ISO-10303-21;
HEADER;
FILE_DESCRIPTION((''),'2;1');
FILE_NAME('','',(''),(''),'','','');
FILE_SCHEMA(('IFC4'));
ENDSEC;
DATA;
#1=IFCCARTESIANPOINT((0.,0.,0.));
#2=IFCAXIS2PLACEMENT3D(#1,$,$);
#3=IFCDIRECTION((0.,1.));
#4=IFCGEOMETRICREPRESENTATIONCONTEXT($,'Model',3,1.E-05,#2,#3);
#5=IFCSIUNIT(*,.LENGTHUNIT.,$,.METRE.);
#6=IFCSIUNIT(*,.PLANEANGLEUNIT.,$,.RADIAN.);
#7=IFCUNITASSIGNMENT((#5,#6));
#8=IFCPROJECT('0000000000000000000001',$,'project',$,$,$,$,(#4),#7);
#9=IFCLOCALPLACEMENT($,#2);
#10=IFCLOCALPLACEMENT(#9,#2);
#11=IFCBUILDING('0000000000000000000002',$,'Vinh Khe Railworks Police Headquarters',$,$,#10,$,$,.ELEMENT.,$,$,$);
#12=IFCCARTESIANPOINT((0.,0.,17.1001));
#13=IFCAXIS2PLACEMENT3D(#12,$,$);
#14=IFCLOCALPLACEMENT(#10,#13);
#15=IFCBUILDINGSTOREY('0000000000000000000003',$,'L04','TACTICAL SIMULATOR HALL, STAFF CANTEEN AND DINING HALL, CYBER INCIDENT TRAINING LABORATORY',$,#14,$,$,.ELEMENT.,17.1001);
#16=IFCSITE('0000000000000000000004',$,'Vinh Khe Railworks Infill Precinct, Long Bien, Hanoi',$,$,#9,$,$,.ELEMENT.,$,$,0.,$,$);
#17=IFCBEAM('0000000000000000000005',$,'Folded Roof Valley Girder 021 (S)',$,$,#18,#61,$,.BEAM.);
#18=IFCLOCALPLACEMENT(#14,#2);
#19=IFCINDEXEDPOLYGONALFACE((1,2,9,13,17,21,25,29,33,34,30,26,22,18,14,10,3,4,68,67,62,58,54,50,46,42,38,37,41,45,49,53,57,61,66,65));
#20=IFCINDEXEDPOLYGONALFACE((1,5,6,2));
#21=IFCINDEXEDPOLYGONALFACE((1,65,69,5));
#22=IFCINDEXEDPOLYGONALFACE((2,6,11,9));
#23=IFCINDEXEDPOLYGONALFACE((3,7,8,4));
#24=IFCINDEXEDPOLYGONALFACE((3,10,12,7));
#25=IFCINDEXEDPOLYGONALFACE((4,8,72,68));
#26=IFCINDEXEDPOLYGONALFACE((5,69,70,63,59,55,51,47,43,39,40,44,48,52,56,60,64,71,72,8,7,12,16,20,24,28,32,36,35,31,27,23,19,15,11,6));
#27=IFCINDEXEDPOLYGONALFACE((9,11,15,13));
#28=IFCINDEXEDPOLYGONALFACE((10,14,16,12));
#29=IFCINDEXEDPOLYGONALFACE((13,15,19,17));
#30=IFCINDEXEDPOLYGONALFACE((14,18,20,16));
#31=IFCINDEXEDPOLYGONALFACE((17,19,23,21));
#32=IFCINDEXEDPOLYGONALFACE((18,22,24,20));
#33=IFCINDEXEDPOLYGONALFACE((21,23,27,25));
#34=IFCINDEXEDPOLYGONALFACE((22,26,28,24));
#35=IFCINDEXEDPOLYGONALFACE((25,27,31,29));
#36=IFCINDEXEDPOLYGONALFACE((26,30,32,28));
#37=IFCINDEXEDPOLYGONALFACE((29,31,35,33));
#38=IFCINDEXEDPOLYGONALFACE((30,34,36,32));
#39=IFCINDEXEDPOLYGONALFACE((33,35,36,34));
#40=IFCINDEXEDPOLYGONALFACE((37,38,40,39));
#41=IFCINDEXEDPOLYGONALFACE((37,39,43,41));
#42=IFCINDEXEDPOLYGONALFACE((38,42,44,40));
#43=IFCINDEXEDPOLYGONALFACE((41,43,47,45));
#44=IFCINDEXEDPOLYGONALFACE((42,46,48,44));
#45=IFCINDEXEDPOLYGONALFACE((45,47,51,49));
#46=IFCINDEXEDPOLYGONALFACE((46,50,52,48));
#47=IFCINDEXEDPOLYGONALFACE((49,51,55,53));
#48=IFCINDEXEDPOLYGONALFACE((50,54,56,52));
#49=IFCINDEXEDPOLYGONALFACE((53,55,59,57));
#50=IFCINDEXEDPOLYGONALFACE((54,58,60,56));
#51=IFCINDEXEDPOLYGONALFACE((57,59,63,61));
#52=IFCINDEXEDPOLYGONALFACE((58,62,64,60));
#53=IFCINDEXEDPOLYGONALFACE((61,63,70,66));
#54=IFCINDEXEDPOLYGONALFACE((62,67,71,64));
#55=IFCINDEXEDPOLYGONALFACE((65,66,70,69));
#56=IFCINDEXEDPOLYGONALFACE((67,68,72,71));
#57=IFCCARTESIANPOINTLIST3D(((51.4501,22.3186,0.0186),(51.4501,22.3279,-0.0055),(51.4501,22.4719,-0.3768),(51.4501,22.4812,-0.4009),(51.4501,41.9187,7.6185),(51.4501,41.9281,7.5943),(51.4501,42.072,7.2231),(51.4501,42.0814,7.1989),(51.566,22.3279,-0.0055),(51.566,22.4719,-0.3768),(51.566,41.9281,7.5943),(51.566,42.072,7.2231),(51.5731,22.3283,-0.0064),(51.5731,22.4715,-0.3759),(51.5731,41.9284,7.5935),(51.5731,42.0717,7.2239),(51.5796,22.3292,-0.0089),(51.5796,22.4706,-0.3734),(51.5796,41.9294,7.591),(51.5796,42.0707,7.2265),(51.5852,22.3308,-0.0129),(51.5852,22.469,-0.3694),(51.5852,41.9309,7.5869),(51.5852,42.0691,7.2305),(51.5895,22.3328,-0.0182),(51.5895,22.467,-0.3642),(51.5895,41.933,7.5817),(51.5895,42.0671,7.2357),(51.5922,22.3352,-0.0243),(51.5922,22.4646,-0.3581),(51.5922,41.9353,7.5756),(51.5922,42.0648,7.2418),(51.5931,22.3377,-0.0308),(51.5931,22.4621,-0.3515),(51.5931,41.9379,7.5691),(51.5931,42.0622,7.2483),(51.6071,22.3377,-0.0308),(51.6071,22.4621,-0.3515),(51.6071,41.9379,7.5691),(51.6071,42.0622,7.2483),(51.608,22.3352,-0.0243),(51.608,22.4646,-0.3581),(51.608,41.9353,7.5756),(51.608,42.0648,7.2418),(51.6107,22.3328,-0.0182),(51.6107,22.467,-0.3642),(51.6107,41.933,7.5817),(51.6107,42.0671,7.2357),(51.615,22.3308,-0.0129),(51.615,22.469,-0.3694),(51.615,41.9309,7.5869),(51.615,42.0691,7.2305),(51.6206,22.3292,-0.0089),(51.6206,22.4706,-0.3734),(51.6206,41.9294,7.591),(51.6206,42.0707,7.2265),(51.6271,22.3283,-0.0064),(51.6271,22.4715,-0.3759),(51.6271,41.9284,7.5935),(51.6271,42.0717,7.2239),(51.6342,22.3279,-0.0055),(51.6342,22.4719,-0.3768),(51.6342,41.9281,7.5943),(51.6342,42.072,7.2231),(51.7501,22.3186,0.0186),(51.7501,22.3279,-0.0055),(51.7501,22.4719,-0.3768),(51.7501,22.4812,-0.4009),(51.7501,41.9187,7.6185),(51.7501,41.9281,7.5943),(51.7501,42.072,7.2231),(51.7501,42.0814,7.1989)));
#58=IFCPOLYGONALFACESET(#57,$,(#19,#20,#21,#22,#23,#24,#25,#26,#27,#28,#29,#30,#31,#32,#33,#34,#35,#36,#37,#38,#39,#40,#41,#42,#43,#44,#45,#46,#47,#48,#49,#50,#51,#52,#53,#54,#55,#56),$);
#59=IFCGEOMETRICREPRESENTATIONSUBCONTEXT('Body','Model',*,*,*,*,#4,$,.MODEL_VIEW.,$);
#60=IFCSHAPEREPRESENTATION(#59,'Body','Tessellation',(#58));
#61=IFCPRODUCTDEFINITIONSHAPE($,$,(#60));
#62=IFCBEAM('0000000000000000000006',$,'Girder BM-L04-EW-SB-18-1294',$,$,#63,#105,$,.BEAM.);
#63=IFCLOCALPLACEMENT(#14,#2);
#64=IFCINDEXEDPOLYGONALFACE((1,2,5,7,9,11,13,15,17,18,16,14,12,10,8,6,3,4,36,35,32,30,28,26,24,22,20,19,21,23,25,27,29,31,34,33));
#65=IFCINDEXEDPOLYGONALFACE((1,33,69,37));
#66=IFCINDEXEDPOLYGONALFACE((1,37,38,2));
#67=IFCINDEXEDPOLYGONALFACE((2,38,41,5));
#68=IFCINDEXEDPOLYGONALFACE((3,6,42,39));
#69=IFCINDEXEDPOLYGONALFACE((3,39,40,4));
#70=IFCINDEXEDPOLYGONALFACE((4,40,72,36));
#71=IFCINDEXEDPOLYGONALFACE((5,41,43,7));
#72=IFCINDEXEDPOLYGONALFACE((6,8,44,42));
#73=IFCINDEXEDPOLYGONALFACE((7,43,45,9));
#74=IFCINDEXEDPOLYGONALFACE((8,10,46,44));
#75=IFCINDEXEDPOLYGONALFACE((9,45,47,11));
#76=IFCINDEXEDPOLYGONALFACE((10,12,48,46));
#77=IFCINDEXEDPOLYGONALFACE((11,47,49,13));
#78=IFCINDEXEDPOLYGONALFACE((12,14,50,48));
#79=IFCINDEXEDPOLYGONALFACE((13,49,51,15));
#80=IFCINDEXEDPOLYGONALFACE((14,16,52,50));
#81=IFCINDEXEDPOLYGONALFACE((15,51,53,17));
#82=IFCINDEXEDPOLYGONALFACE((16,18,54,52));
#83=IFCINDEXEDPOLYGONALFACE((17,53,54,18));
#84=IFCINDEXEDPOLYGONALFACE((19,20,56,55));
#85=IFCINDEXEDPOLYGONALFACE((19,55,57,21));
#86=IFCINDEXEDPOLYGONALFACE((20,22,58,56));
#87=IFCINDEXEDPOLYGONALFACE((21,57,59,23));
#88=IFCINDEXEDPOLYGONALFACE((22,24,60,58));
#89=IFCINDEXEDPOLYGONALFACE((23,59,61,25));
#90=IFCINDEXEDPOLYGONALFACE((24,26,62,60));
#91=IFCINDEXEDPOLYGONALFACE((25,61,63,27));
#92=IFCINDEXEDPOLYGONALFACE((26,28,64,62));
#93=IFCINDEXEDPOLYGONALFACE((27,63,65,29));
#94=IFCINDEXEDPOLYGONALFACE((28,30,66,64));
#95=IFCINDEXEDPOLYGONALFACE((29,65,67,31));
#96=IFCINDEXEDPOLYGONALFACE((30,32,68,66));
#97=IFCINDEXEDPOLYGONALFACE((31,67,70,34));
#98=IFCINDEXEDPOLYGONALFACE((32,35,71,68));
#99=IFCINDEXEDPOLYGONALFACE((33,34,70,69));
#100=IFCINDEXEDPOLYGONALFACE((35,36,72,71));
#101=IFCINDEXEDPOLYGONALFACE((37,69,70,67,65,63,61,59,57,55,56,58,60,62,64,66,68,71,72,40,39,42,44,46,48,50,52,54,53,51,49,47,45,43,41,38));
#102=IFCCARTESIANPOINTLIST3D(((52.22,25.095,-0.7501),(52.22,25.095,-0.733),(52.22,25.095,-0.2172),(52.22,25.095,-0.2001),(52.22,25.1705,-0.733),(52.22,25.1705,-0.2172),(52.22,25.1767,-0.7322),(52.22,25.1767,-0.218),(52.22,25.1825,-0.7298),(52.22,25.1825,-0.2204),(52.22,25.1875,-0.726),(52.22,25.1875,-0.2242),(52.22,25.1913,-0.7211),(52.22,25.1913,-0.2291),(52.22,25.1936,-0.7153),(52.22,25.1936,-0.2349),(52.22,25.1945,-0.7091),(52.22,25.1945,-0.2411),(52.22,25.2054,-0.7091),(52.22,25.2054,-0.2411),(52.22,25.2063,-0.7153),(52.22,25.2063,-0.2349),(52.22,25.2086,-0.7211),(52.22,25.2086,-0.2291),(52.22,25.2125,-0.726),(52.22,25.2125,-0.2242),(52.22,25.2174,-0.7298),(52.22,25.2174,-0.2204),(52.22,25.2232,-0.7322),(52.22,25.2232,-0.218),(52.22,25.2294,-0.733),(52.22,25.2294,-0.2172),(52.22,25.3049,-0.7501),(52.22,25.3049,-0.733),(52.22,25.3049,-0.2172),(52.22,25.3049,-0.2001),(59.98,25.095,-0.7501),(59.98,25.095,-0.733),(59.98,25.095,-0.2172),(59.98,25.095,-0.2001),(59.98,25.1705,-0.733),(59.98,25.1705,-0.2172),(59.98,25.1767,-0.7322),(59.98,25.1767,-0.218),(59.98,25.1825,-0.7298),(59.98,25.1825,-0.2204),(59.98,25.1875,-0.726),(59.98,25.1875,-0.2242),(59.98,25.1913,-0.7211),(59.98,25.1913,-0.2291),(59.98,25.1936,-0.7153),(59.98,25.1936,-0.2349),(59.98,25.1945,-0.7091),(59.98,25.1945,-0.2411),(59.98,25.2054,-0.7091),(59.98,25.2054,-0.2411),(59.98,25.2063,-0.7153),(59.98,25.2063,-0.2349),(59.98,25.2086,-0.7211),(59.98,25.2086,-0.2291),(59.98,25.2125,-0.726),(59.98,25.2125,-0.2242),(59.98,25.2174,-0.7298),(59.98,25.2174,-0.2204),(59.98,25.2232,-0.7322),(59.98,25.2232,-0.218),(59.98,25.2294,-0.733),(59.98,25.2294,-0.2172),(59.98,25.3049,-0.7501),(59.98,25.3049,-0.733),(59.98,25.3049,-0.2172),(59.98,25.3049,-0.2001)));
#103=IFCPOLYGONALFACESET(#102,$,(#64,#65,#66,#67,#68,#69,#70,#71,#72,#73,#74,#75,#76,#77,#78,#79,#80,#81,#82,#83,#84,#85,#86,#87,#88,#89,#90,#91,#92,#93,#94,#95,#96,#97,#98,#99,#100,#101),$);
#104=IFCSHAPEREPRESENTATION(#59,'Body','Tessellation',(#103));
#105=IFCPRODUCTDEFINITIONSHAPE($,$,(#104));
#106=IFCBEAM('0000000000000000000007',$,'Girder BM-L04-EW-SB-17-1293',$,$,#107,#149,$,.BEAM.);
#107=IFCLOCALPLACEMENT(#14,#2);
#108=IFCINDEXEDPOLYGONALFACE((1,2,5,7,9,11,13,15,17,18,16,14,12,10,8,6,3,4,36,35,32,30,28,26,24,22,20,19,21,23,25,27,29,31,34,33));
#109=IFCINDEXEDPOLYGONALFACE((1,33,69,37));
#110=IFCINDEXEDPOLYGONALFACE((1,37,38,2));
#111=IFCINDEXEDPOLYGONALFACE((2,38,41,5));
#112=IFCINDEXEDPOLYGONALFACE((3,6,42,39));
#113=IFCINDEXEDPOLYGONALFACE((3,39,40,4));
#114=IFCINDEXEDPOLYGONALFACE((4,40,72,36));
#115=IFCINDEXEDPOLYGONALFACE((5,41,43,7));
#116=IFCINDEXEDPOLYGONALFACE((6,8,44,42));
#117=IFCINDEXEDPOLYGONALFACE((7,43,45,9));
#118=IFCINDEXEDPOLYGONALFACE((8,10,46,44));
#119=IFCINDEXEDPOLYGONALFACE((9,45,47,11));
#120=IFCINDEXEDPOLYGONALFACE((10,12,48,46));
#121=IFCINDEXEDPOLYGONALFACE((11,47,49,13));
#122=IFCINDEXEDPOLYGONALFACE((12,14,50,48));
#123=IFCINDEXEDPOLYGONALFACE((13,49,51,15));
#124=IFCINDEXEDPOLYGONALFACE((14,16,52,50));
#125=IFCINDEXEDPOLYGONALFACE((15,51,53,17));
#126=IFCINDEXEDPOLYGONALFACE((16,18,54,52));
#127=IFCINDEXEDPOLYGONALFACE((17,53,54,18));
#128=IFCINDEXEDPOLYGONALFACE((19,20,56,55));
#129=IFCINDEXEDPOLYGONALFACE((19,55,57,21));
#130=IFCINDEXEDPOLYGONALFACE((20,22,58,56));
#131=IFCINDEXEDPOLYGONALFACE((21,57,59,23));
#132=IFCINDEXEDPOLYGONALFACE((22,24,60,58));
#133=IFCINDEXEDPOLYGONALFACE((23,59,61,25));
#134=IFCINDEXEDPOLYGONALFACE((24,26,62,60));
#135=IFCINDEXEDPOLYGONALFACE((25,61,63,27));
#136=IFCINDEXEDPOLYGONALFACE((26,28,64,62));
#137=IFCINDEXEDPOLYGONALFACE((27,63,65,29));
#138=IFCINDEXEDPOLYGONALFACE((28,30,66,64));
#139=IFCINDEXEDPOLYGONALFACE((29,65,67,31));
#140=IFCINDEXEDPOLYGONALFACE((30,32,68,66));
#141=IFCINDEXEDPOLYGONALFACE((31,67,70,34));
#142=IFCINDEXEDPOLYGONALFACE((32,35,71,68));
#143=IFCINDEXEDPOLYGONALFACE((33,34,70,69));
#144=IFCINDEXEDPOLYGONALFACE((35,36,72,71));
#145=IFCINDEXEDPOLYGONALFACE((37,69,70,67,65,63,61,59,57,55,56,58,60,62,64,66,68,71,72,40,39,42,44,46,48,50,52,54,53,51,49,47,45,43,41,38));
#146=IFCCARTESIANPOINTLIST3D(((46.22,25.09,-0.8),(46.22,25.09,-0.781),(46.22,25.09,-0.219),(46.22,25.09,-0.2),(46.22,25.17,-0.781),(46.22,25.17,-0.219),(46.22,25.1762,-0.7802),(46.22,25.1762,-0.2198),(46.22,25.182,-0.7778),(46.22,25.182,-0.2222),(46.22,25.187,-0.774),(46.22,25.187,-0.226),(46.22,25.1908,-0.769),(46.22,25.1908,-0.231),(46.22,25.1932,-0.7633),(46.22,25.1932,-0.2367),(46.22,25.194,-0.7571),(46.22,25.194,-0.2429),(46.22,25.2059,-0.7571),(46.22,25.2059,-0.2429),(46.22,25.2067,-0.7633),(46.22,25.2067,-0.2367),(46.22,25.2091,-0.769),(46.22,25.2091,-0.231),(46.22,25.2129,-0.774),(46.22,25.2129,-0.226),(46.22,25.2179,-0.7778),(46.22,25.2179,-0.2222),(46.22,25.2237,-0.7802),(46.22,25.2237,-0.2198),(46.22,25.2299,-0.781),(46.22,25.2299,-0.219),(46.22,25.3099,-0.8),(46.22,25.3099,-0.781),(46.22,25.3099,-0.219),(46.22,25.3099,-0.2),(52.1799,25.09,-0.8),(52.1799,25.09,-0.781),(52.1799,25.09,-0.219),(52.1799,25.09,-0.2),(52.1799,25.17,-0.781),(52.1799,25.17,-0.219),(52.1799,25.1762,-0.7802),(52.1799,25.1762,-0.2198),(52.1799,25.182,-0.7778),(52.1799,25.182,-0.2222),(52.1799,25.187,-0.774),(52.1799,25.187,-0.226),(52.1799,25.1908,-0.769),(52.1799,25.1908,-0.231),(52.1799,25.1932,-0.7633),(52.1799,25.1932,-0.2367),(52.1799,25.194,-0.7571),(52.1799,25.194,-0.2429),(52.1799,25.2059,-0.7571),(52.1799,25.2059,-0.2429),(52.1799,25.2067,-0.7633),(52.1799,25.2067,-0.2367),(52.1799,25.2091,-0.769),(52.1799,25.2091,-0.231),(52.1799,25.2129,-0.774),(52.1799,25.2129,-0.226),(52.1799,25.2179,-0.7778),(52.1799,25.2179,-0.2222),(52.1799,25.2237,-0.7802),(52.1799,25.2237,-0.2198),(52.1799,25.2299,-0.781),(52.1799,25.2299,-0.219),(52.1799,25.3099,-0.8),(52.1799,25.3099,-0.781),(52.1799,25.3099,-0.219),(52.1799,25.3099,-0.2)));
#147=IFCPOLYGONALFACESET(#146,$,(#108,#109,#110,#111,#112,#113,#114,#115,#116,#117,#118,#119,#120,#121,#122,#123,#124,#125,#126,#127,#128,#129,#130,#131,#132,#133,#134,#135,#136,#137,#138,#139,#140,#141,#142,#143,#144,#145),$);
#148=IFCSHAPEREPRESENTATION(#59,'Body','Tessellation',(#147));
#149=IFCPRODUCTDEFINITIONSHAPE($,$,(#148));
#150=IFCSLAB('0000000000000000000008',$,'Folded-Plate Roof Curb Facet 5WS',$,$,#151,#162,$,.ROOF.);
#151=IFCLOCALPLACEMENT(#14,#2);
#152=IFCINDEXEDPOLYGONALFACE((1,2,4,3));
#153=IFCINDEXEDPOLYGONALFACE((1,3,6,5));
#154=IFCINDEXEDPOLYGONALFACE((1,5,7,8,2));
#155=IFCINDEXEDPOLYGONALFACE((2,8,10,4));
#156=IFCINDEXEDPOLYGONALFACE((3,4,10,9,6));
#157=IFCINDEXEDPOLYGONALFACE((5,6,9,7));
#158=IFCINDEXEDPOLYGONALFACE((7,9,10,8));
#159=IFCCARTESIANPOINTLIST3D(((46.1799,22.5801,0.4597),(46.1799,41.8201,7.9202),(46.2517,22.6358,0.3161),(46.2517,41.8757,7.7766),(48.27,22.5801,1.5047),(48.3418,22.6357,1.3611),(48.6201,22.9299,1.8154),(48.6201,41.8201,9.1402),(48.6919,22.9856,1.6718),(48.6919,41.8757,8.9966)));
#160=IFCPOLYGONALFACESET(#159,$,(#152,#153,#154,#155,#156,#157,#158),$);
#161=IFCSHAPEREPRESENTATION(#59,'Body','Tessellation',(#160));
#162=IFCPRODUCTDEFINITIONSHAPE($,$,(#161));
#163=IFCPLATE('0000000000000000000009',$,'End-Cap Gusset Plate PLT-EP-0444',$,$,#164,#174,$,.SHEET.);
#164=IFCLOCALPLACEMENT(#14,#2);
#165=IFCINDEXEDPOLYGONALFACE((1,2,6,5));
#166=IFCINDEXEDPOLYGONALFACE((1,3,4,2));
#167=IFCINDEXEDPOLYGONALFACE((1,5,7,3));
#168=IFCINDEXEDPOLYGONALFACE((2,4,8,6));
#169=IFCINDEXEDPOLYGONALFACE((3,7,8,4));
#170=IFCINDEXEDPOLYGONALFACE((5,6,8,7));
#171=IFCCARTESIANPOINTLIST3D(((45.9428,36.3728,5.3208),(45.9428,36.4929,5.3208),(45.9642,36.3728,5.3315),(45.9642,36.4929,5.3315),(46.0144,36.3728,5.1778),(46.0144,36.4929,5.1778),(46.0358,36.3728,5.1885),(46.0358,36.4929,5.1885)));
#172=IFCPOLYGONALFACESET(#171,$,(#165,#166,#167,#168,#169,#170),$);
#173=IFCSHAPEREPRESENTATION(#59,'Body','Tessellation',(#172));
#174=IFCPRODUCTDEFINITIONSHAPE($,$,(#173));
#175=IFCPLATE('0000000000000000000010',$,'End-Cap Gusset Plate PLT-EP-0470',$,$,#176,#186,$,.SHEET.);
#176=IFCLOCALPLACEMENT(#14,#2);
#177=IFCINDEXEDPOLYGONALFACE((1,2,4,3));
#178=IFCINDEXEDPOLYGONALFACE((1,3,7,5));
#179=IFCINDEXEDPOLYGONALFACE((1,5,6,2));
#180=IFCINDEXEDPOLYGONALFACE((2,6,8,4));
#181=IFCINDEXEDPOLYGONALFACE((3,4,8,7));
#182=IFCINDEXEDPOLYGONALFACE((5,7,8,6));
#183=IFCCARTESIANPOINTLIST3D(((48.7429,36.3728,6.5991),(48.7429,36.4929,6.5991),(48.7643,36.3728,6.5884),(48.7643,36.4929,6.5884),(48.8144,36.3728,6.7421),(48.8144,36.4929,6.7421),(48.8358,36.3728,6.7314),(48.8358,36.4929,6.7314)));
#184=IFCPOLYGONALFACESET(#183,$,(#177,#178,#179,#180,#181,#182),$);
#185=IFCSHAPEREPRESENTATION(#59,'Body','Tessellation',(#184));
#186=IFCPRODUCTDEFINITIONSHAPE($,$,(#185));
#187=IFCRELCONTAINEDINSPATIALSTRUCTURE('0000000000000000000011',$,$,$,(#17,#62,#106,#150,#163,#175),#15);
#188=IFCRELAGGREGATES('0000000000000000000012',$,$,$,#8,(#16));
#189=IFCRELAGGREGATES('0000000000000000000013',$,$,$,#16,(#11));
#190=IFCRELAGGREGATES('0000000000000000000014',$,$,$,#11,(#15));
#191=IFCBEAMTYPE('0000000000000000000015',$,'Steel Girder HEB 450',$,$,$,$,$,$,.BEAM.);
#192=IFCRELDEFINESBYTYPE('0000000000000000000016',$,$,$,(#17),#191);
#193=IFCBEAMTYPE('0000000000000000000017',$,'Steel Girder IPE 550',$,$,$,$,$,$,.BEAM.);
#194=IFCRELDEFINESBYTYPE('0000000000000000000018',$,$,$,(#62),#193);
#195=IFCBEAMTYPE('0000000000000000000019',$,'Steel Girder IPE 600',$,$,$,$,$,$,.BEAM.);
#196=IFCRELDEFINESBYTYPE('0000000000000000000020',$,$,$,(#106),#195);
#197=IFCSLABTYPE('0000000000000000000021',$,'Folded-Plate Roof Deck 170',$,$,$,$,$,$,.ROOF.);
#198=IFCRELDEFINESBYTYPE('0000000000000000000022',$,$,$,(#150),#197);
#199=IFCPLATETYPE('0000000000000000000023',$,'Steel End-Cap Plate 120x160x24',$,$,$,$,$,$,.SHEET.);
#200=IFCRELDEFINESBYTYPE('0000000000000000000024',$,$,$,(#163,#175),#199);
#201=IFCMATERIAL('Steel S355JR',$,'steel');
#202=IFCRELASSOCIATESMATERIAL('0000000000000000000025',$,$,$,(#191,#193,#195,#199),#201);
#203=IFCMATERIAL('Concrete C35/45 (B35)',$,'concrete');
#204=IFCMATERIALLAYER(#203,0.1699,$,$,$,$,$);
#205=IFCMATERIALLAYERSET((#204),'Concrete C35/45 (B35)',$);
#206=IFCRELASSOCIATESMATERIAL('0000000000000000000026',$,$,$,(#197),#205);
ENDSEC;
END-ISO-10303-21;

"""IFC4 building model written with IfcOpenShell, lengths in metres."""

from ifc_helpers import new_model, si_unit, direction, frame, origin, origin_2d, place, context, subcontext, project, spatial, polyline, rectangle, i_section, outline, extrude, material, layer, layer_set, material_profile, profile_set, type_object, element, save


model = new_model("IFC4")

# Units and contexts
model_context = context("Model", 3, precision=1e-05, world=origin(), true_north=direction((0.0, 1.0)))
body_context = subcontext(model_context, "Body", "Model", "MODEL_VIEW")
ifc_project = project(units=[si_unit("LENGTHUNIT", "METRE"), si_unit("PLANEANGLEUNIT", "RADIAN")], contexts=[model_context])

# Site, building, storey
site_placement = place(None, origin())
site = spatial("IfcSite", under=ifc_project, at=site_placement, Name="Vinh Khe Railworks Infill Precinct, Long Bien, Hanoi", CompositionType="ELEMENT", RefElevation=0.0)
building_placement = place(site_placement, origin())
building = spatial("IfcBuilding", under=site, at=building_placement, Name="Vinh Khe Railworks Police Headquarters", CompositionType="ELEMENT")
storey_placement = place(building_placement, frame((0.0, 0.0, 17.1001)))
storey = spatial("IfcBuildingStorey", under=building, at=storey_placement, Name="L04", Description="TACTICAL SIMULATOR HALL, STAFF CANTEEN AND DINING HALL, CYBER INCIDENT TRAINING LABORATORY", CompositionType="ELEMENT", Elevation=17.1001)

# Shared definitions
ifc_material_1 = material(Name="Steel S355JR", Category="steel")

# Beams
ifc_material_profile_1 = material_profile(ifc_material_1, i_section(OverallWidth=0.3, OverallDepth=0.45, WebThickness=0.0139, FlangeThickness=0.0259, FilletRadius=0.0271, at=origin_2d()), Name="HEB 450")
ifc_profile_set_1 = profile_set([ifc_material_profile_1], Name="Steel S355JR")
beam_type_1 = type_object("IfcBeamType", Name="Steel Girder HEB 450", PredefinedType="BEAM", material=ifc_profile_set_1)
beam_1_placement = place(storey_placement, frame((51.6001, 22.3999, -0.1912), z_axis=(0.0, 0.932364, 0.36152), x_axis=(-1.0, 0.0, 0.0)))
element("IfcBeam", 1, at=beam_1_placement, inside=storey, type_object=beam_type_1, Name="Folded Roof Valley Girder 021 (S)", PredefinedType="BEAM", context=body_context, shape_type="SweptSolid", body=[
    extrude(i_section(OverallWidth=0.3, OverallDepth=0.45, WebThickness=0.0139, FlangeThickness=0.0259, FilletRadius=0.0271, at=origin_2d()), origin(), (0.0, 0.0, 1.0), 21.022),
])
ifc_material_profile_2 = material_profile(ifc_material_1, i_section(OverallWidth=0.21, OverallDepth=0.55, WebThickness=0.011, FlangeThickness=0.0171, FilletRadius=0.0239, at=origin_2d()), Name="IPE 550")
ifc_profile_set_2 = profile_set([ifc_material_profile_2], Name="Steel S355JR")
beam_type_2 = type_object("IfcBeamType", Name="Steel Girder IPE 550", PredefinedType="BEAM", material=ifc_profile_set_2)
beam_2_placement = place(storey_placement, frame((52.22, 25.2, -0.4751), z_axis=(1.0, 0.0, 0.0), x_axis=(0.0, 1.0, 0.0)))
element("IfcBeam", 2, at=beam_2_placement, inside=storey, type_object=beam_type_2, Name="Girder BM-L04-EW-SB-18-1294", PredefinedType="BEAM", context=body_context, shape_type="SweptSolid", body=[
    extrude(i_section(OverallWidth=0.21, OverallDepth=0.55, WebThickness=0.011, FlangeThickness=0.0171, FilletRadius=0.0239, at=origin_2d()), origin(), (0.0, 0.0, 1.0), 7.76),
])
ifc_material_profile_3 = material_profile(ifc_material_1, i_section(OverallWidth=0.22, OverallDepth=0.6001, WebThickness=0.012, FlangeThickness=0.019, FilletRadius=0.0239, at=origin_2d()), Name="IPE 600")
ifc_profile_set_3 = profile_set([ifc_material_profile_3], Name="Steel S355JR")
beam_type_3 = type_object("IfcBeamType", Name="Steel Girder IPE 600", PredefinedType="BEAM", material=ifc_profile_set_3)
beam_3_placement = place(storey_placement, frame((46.22, 25.2, -0.5), z_axis=(1.0, 0.0, 0.0), x_axis=(0.0, 1.0, 0.0)))
element("IfcBeam", 3, at=beam_3_placement, inside=storey, type_object=beam_type_3, Name="Girder BM-L04-EW-SB-17-1293", PredefinedType="BEAM", context=body_context, shape_type="SweptSolid", body=[
    extrude(i_section(OverallWidth=0.22, OverallDepth=0.6001, WebThickness=0.012, FlangeThickness=0.019, FilletRadius=0.0239, at=origin_2d()), origin(), (0.0, 0.0, 1.0), 5.96),
])

# Slab
ifc_material_2 = material(Name="Concrete C35/45 (B35)", Category="concrete")
ifc_layer = layer(ifc_material_2, 0.1699)
ifc_layer_set = layer_set([ifc_layer], Name="Concrete C35/45 (B35)")
slab_type = type_object("IfcSlabType", Name="Folded-Plate Roof Deck 170", PredefinedType="ROOF", material=ifc_layer_set)
slab_1_placement = place(storey_placement, frame((46.1799, 22.5801, 0.4597), z_axis=(-0.422501, -0.327677, 0.845057), x_axis=(0.89444, -0.000006, 0.447188)))
element("IfcSlab", 4, at=slab_1_placement, inside=storey, type_object=slab_type, Name="Folded-Plate Roof Curb Facet 5WS", PredefinedType="ROOF", context=body_context, shape_type="SweptSolid", body=[
    extrude(outline(polyline([(0.0, 0.0), (2.3367, 0.0), (2.7889, 0.3703), (6.0643, 20.3643), (3.3361, 20.3643), (0.0, 0.0)])), origin(), (0.0, 0.0, -1.0), 0.1699),
])

# Plates
ifc_material_profile_4 = material_profile(ifc_material_1, rectangle(XDim=0.1201, YDim=0.1599, at=origin_2d()), Name="PL 120x160")
ifc_profile_set_4 = profile_set([ifc_material_profile_4], Name="Steel S355JR")
plate_type_1 = type_object("IfcPlateType", Name="Steel End-Cap Plate 120x160x24", PredefinedType="SHEET", material=ifc_profile_set_4)
for number, where, z_axis, x_axis, name in (
    (5, (46.0, 36.4329, 5.26), (-0.894427, 0.0, -0.447214), (0.0, -1.0, 0.0), "End-Cap Gusset Plate PLT-EP-0444"),
    (6, (48.8, 36.4329, 6.6599), (-0.894427, 0.0, 0.447214), (0.0, -1.0, 0.0), "End-Cap Gusset Plate PLT-EP-0470"),
):
    element("IfcPlate", number, at=place(storey_placement, frame(where, z_axis=z_axis, x_axis=x_axis)), inside=storey, type_object=plate_type_1, Name=name, PredefinedType="SHEET", context=body_context, shape_type="SweptSolid", body=[
        extrude(rectangle(XDim=0.1201, YDim=0.1599, at=origin_2d()), origin(), (0.0, 0.0, 1.0), 0.0239),
    ])

save(model, "model.ifc")
